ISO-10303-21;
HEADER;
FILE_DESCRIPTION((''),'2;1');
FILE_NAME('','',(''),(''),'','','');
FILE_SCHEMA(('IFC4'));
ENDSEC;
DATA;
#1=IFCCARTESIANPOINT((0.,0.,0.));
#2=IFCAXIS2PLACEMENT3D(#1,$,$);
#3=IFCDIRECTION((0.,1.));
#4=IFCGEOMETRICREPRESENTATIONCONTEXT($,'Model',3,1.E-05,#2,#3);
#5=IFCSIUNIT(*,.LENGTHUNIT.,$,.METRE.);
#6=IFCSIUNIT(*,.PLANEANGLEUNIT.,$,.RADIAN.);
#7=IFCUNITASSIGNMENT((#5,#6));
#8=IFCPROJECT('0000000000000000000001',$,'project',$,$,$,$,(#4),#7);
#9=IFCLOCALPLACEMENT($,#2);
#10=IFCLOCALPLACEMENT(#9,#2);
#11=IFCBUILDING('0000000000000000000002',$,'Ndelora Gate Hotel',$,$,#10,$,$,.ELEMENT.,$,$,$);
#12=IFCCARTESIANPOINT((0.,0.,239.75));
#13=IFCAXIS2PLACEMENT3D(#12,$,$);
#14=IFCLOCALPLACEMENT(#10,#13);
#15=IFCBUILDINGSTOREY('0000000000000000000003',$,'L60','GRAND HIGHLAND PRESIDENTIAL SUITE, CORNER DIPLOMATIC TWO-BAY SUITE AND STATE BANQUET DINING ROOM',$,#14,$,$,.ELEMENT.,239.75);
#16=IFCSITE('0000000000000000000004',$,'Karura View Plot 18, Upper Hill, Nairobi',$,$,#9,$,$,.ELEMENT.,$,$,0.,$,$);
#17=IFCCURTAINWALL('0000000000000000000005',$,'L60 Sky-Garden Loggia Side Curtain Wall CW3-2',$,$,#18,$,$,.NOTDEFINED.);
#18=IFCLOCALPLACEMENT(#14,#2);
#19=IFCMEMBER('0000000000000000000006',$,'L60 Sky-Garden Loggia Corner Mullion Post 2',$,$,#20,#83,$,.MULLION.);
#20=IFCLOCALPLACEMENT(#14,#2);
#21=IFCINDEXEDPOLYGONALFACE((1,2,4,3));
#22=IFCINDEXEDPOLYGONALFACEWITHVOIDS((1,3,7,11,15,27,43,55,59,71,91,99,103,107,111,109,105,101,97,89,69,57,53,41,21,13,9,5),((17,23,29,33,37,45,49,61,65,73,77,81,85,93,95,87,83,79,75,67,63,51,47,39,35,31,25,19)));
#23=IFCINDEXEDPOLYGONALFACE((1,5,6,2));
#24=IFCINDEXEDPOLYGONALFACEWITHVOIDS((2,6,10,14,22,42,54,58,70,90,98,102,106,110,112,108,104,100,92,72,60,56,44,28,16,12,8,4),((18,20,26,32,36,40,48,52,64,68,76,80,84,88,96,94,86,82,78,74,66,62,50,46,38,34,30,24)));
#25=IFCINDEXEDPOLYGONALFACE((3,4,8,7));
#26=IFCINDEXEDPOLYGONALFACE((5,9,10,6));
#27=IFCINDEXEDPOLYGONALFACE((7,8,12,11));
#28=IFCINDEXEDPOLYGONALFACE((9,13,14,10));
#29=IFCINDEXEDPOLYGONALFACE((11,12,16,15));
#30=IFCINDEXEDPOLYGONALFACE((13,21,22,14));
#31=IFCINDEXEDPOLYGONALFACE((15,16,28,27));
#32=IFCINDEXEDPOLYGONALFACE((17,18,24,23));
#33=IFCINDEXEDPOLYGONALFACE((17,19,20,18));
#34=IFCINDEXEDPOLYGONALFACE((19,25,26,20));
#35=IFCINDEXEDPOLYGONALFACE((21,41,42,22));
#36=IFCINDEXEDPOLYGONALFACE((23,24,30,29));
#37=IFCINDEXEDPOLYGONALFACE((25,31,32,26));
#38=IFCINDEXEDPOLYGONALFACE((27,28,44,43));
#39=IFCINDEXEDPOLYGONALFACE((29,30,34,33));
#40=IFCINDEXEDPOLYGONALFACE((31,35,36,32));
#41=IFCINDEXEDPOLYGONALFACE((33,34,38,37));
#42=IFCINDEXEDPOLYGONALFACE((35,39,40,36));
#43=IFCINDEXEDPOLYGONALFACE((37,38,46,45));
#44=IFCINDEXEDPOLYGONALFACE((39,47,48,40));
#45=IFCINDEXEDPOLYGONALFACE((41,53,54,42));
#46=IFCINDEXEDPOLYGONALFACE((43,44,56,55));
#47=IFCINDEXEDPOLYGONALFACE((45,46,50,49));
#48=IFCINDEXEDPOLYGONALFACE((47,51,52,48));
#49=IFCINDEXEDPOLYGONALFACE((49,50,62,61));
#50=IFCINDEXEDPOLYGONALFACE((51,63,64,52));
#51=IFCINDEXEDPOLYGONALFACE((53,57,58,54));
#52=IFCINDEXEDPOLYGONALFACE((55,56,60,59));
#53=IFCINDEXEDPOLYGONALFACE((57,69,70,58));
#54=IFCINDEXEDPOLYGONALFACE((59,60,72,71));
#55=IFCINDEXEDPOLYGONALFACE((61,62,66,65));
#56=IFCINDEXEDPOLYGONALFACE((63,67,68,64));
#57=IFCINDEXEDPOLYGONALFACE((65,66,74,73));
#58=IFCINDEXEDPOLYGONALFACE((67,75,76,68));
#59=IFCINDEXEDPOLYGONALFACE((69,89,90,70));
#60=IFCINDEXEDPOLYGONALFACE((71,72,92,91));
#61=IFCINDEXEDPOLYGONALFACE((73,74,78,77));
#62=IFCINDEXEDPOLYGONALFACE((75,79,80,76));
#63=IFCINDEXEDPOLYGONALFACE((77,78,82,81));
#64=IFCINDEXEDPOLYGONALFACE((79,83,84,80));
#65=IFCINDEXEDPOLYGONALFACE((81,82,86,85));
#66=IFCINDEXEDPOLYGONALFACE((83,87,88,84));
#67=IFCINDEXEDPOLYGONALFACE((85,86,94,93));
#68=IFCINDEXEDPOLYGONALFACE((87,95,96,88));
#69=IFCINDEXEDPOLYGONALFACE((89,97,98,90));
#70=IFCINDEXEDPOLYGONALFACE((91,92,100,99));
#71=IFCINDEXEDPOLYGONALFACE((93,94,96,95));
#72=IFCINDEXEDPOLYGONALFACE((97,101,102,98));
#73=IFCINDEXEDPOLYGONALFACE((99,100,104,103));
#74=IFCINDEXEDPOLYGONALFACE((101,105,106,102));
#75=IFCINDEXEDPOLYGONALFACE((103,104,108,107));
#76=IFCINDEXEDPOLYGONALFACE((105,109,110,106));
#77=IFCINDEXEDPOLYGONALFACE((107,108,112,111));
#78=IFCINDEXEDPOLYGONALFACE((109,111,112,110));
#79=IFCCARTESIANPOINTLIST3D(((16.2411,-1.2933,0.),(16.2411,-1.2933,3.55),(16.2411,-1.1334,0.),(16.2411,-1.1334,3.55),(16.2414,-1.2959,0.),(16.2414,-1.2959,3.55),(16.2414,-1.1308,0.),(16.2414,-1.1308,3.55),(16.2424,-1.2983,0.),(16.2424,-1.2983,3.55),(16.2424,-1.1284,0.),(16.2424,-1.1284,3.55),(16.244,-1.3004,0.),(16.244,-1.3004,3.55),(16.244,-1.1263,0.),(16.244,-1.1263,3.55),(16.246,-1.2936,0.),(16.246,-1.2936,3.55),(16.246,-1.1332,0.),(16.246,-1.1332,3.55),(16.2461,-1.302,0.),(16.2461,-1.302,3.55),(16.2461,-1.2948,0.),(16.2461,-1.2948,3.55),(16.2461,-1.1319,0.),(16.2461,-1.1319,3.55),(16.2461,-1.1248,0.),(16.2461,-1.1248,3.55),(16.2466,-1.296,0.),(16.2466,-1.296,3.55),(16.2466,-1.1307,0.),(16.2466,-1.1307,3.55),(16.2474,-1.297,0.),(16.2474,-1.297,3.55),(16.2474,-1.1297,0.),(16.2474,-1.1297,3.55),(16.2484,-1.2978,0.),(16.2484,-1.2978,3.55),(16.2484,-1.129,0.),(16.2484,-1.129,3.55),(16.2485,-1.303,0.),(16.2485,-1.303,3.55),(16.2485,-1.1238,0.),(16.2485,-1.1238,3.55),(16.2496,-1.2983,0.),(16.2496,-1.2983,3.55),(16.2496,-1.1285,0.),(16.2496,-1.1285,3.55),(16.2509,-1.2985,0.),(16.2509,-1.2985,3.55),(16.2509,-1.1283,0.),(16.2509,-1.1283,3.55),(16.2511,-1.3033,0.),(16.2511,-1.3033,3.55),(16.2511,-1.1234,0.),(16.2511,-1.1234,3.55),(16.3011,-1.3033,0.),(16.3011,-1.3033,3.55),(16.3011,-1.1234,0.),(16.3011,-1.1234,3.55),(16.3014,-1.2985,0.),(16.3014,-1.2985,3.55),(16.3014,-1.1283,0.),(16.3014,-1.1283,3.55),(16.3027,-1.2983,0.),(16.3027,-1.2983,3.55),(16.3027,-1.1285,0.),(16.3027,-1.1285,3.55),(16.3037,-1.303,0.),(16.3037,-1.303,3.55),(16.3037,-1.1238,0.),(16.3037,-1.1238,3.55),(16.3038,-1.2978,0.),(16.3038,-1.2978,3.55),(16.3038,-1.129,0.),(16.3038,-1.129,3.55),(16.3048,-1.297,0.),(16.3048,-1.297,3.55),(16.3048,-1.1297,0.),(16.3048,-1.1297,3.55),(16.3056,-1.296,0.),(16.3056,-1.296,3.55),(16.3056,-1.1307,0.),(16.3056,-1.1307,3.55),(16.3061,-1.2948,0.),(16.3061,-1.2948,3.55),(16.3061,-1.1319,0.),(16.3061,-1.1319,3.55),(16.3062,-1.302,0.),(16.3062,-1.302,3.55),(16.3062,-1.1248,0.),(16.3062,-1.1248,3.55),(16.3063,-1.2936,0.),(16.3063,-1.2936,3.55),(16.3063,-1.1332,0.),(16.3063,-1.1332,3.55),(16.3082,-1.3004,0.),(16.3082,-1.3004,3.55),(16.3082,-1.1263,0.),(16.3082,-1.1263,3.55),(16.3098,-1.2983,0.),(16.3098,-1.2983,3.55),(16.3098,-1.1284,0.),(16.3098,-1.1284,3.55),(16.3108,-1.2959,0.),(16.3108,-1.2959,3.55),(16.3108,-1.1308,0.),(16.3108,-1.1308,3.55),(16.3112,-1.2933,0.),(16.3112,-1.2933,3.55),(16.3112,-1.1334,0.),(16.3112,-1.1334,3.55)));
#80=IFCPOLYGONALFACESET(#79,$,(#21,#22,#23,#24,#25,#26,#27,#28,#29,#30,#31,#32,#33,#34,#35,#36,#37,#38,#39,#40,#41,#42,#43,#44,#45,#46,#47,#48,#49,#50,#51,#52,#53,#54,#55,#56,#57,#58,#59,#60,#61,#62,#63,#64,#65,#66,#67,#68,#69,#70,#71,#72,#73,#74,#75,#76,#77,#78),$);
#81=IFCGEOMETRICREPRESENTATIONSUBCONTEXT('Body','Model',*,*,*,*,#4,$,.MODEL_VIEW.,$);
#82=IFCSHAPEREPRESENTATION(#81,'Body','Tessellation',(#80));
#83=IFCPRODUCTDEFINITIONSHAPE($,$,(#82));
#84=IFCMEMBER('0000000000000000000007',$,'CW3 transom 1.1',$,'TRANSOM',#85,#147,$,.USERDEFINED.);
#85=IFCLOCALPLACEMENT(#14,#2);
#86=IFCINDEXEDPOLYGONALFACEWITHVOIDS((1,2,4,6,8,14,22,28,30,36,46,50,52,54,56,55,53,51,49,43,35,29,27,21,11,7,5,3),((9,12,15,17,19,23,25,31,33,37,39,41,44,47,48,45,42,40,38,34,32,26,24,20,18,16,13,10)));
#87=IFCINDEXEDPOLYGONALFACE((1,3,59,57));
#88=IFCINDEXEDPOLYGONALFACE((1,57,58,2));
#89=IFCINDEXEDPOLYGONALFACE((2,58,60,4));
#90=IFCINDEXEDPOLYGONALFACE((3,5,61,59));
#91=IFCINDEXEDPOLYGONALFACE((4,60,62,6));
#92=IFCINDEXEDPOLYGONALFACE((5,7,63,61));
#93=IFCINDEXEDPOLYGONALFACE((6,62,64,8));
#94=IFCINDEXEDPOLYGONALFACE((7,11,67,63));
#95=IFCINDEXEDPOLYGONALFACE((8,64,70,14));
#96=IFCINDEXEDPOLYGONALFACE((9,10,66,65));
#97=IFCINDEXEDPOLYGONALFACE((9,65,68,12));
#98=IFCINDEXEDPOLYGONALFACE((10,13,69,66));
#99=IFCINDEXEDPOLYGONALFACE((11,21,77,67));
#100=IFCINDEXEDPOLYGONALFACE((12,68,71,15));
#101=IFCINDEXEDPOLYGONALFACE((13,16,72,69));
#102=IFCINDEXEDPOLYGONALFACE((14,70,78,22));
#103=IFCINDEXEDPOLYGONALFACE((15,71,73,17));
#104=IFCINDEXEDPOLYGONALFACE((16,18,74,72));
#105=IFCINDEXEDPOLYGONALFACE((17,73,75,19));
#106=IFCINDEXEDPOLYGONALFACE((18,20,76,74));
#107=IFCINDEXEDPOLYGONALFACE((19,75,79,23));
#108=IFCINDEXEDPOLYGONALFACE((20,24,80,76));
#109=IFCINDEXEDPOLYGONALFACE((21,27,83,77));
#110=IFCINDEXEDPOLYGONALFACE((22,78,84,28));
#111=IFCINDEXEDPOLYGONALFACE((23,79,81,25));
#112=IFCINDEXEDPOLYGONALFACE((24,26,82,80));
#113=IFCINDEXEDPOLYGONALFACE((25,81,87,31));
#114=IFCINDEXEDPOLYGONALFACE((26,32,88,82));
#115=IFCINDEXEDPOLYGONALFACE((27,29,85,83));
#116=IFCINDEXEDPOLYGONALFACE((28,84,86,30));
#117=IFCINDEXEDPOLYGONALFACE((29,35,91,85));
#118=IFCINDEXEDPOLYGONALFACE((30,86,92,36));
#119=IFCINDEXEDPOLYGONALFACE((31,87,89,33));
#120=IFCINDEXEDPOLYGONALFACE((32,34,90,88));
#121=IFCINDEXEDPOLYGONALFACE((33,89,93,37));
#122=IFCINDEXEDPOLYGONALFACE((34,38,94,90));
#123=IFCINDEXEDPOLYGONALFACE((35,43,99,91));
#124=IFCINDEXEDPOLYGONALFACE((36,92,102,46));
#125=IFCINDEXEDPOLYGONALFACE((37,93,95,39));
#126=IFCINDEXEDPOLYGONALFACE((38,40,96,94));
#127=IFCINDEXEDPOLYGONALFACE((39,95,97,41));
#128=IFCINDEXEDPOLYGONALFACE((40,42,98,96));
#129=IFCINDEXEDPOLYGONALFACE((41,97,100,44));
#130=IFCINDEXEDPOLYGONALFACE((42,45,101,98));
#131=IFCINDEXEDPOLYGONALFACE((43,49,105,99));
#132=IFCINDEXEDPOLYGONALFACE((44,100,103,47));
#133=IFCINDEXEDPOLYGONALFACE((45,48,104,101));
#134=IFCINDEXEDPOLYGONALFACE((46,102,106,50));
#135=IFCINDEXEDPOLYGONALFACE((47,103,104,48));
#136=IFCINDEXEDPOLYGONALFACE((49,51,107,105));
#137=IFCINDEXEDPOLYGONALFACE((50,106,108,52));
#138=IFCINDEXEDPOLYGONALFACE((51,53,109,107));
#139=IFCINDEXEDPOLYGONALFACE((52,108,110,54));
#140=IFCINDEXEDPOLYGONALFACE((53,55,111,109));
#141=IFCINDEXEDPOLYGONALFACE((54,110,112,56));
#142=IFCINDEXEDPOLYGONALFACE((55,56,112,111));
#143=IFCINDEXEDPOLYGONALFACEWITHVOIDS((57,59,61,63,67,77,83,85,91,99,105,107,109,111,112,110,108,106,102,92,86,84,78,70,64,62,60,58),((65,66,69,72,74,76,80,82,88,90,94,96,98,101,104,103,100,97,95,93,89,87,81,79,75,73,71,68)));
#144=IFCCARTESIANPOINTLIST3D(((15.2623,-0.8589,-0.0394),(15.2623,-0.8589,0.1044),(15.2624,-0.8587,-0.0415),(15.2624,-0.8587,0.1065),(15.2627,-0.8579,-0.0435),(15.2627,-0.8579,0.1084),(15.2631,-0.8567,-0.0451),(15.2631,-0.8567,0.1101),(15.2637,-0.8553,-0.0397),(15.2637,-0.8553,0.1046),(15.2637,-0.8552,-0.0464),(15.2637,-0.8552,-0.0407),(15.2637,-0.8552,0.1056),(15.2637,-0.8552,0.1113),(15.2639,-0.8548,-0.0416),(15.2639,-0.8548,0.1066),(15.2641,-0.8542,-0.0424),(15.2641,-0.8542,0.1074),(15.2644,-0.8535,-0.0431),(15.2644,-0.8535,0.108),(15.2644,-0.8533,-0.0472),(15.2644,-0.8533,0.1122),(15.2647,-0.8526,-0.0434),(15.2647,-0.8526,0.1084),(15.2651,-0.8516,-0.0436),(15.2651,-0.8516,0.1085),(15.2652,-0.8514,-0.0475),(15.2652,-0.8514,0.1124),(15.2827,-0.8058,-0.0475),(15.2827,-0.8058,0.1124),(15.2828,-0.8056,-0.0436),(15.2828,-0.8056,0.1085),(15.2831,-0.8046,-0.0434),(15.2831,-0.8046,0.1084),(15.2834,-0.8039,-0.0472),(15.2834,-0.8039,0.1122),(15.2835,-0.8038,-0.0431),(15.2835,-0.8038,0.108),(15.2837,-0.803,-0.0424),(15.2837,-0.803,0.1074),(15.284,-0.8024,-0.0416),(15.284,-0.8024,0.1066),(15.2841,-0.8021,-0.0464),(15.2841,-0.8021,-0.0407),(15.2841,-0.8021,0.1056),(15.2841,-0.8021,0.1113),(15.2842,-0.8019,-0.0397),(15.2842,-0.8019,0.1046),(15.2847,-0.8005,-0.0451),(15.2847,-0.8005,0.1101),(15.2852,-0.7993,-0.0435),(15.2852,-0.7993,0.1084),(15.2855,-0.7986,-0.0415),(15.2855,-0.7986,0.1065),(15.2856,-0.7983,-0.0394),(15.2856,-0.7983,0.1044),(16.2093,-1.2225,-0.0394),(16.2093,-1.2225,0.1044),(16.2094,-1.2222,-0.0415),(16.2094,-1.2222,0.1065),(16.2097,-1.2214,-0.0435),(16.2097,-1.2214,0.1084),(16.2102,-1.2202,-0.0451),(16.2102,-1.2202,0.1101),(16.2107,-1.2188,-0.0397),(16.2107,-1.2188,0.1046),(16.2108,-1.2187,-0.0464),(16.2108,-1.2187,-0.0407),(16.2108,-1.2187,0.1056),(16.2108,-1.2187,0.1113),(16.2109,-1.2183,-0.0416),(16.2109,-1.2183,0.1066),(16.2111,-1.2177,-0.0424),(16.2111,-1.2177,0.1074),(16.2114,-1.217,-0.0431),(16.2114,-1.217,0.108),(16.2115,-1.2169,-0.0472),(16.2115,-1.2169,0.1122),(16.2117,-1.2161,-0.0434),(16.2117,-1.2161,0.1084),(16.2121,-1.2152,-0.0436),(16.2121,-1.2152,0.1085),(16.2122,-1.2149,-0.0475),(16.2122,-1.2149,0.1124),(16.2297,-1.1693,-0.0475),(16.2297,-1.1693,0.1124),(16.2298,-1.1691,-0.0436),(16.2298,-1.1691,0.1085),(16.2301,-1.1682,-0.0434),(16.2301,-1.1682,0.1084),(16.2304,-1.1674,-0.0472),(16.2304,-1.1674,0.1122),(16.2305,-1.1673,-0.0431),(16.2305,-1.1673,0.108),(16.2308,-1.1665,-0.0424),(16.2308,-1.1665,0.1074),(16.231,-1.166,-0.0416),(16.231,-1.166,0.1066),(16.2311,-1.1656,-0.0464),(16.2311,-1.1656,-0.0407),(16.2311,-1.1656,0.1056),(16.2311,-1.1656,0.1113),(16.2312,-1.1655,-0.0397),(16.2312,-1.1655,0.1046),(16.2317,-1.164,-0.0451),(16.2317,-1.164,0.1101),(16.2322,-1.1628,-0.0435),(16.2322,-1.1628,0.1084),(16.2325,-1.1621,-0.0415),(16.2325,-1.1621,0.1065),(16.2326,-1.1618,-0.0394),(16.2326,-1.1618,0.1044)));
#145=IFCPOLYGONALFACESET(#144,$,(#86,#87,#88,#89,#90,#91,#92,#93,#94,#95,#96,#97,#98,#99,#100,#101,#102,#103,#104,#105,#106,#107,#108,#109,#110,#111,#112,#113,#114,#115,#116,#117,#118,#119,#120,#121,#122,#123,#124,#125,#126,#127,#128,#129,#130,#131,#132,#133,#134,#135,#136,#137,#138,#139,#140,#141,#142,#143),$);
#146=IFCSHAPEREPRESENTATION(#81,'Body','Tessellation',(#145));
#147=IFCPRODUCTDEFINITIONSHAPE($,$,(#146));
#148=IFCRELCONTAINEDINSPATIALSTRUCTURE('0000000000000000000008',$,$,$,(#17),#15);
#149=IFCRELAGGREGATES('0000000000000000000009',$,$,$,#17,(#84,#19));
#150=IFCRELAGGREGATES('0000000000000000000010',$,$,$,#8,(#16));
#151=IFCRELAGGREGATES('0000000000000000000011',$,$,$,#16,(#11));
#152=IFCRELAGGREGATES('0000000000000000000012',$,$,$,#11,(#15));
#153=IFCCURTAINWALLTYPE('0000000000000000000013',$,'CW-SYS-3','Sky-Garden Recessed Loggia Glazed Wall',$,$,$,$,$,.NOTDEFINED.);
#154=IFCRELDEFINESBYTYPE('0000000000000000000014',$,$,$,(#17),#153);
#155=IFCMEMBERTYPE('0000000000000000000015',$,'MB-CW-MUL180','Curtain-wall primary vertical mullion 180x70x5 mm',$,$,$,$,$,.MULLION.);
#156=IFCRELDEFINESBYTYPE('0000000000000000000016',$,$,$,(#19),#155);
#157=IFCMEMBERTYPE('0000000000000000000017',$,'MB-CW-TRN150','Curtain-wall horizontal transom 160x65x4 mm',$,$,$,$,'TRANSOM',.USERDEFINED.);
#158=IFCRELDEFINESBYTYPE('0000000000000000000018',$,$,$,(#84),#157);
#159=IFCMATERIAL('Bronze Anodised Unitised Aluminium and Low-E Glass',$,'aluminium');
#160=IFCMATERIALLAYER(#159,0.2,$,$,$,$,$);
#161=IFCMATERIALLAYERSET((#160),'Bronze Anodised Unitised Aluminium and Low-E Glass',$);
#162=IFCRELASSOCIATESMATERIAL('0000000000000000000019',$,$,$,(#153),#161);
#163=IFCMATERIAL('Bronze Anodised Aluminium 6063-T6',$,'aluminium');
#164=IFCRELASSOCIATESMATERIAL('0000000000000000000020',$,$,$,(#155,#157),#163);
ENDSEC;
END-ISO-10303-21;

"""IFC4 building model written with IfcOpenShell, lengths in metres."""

from ifc_helpers import new_model, si_unit, direction, frame, origin, origin_2d, place, context, subcontext, project, spatial, hollow_rectangle, extrude, material, layer, layer_set, material_profile, profile_set, type_object, element, aggregate, save


model = new_model("IFC4")

# Units and contexts
model_context = context("Model", 3, precision=1e-05, world=origin(), true_north=direction((0.0, 1.0)))
body_context = subcontext(model_context, "Body", "Model", "MODEL_VIEW")
ifc_project = project(units=[si_unit("LENGTHUNIT", "METRE"), si_unit("PLANEANGLEUNIT", "RADIAN")], contexts=[model_context])

# Site, building, storey
site_placement = place(None, origin())
site = spatial("IfcSite", under=ifc_project, at=site_placement, Name="Karura View Plot 18, Upper Hill, Nairobi", CompositionType="ELEMENT", RefElevation=0.0)
building_placement = place(site_placement, origin())
building = spatial("IfcBuilding", under=site, at=building_placement, Name="Ndelora Gate Hotel", CompositionType="ELEMENT")
storey_placement = place(building_placement, frame((0.0, 0.0, 239.75)))
storey = spatial("IfcBuildingStorey", under=building, at=storey_placement, Name="L60", Description="GRAND HIGHLAND PRESIDENTIAL SUITE, CORNER DIPLOMATIC TWO-BAY SUITE AND STATE BANQUET DINING ROOM", CompositionType="ELEMENT", Elevation=239.75)

# Shared definitions
ifc_material_1 = material(Name="Bronze Anodised Unitised Aluminium and Low-E Glass", Category="aluminium")
ifc_layer_1 = layer(ifc_material_1, 0.2)
ifc_layer_set_1 = layer_set([ifc_layer_1], Name="Bronze Anodised Unitised Aluminium and Low-E Glass")
curtain_wall_type = type_object("IfcCurtainWallType", Name="CW-SYS-3", Description="Sky-Garden Recessed Loggia Glazed Wall", PredefinedType="NOTDEFINED", material=ifc_layer_set_1)
ifc_material_2 = material(Name="Bronze Anodised Aluminium 6063-T6", Category="aluminium")

# Curtain wall, members
curtain_wall_1_placement = place(storey_placement, origin())
curtain_wall_1 = element("IfcCurtainWall", 1, at=curtain_wall_1_placement, inside=storey, type_object=curtain_wall_type, Name="L60 Sky-Garden Loggia Side Curtain Wall CW3-2", PredefinedType="NOTDEFINED")
ifc_material_profile_1 = material_profile(ifc_material_2, hollow_rectangle(XDim=0.0701, YDim=0.1799, WallThickness=0.0049, InnerFilletRadius=0.0049, OuterFilletRadius=0.01, at=origin_2d()), Name="ALU 180x70x5")
ifc_profile_set_1 = profile_set([ifc_material_profile_1], Name="Bronze Anodised Aluminium 6063-T6")
member_type_1 = type_object("IfcMemberType", Name="MB-CW-MUL180", Description="Curtain-wall primary vertical mullion 180x70x5 mm", PredefinedType="MULLION", material=ifc_profile_set_1)
member_1_placement = place(storey_placement, frame((16.2761, -1.2134, 0.0), z_axis=(0.0, 0.0, 1.0), x_axis=(1.0, 0.0, 0.0)))
member_1 = element("IfcMember", 2, at=member_1_placement, type_object=member_type_1, Name="L60 Sky-Garden Loggia Corner Mullion Post 2", PredefinedType="MULLION", context=body_context, shape_type="SweptSolid", body=[
    extrude(hollow_rectangle(XDim=0.0701, YDim=0.1799, WallThickness=0.0049, InnerFilletRadius=0.0049, OuterFilletRadius=0.01, at=origin_2d()), origin(), (0.0, 0.0, 1.0), 3.55),
])
ifc_material_profile_2 = material_profile(ifc_material_2, hollow_rectangle(XDim=0.0649, YDim=0.1599, WallThickness=0.0039, InnerFilletRadius=0.0039, OuterFilletRadius=0.0081, at=origin_2d()), Name="ALU 160x65x4")
ifc_profile_set_2 = profile_set([ifc_material_profile_2], Name="Bronze Anodised Aluminium 6063-T6")
member_type_2 = type_object("IfcMemberType", Name="MB-CW-TRN150", Description="Curtain-wall horizontal transom 160x65x4 mm", ElementType="TRANSOM", PredefinedType="USERDEFINED", material=ifc_profile_set_2)
member_2_placement = place(storey_placement, frame((16.2209, -1.1921, 0.0325), z_axis=(-0.933581, 0.358366, 0.0), x_axis=(-0.358366, -0.933581, 0.0)))
member_2 = element("IfcMember", 3, at=member_2_placement, type_object=member_type_2, Name="CW3 transom 1.1", ObjectType="TRANSOM", PredefinedType="USERDEFINED", context=body_context, shape_type="SweptSolid", body=[
    extrude(hollow_rectangle(XDim=0.0649, YDim=0.1599, WallThickness=0.0039, InnerFilletRadius=0.0039, OuterFilletRadius=0.0081, at=origin_2d()), origin(), (0.0, 0.0, 1.0), 1.0144),
])
aggregate(curtain_wall_1, [member_2, member_1])

save(model, "model.ifc")
